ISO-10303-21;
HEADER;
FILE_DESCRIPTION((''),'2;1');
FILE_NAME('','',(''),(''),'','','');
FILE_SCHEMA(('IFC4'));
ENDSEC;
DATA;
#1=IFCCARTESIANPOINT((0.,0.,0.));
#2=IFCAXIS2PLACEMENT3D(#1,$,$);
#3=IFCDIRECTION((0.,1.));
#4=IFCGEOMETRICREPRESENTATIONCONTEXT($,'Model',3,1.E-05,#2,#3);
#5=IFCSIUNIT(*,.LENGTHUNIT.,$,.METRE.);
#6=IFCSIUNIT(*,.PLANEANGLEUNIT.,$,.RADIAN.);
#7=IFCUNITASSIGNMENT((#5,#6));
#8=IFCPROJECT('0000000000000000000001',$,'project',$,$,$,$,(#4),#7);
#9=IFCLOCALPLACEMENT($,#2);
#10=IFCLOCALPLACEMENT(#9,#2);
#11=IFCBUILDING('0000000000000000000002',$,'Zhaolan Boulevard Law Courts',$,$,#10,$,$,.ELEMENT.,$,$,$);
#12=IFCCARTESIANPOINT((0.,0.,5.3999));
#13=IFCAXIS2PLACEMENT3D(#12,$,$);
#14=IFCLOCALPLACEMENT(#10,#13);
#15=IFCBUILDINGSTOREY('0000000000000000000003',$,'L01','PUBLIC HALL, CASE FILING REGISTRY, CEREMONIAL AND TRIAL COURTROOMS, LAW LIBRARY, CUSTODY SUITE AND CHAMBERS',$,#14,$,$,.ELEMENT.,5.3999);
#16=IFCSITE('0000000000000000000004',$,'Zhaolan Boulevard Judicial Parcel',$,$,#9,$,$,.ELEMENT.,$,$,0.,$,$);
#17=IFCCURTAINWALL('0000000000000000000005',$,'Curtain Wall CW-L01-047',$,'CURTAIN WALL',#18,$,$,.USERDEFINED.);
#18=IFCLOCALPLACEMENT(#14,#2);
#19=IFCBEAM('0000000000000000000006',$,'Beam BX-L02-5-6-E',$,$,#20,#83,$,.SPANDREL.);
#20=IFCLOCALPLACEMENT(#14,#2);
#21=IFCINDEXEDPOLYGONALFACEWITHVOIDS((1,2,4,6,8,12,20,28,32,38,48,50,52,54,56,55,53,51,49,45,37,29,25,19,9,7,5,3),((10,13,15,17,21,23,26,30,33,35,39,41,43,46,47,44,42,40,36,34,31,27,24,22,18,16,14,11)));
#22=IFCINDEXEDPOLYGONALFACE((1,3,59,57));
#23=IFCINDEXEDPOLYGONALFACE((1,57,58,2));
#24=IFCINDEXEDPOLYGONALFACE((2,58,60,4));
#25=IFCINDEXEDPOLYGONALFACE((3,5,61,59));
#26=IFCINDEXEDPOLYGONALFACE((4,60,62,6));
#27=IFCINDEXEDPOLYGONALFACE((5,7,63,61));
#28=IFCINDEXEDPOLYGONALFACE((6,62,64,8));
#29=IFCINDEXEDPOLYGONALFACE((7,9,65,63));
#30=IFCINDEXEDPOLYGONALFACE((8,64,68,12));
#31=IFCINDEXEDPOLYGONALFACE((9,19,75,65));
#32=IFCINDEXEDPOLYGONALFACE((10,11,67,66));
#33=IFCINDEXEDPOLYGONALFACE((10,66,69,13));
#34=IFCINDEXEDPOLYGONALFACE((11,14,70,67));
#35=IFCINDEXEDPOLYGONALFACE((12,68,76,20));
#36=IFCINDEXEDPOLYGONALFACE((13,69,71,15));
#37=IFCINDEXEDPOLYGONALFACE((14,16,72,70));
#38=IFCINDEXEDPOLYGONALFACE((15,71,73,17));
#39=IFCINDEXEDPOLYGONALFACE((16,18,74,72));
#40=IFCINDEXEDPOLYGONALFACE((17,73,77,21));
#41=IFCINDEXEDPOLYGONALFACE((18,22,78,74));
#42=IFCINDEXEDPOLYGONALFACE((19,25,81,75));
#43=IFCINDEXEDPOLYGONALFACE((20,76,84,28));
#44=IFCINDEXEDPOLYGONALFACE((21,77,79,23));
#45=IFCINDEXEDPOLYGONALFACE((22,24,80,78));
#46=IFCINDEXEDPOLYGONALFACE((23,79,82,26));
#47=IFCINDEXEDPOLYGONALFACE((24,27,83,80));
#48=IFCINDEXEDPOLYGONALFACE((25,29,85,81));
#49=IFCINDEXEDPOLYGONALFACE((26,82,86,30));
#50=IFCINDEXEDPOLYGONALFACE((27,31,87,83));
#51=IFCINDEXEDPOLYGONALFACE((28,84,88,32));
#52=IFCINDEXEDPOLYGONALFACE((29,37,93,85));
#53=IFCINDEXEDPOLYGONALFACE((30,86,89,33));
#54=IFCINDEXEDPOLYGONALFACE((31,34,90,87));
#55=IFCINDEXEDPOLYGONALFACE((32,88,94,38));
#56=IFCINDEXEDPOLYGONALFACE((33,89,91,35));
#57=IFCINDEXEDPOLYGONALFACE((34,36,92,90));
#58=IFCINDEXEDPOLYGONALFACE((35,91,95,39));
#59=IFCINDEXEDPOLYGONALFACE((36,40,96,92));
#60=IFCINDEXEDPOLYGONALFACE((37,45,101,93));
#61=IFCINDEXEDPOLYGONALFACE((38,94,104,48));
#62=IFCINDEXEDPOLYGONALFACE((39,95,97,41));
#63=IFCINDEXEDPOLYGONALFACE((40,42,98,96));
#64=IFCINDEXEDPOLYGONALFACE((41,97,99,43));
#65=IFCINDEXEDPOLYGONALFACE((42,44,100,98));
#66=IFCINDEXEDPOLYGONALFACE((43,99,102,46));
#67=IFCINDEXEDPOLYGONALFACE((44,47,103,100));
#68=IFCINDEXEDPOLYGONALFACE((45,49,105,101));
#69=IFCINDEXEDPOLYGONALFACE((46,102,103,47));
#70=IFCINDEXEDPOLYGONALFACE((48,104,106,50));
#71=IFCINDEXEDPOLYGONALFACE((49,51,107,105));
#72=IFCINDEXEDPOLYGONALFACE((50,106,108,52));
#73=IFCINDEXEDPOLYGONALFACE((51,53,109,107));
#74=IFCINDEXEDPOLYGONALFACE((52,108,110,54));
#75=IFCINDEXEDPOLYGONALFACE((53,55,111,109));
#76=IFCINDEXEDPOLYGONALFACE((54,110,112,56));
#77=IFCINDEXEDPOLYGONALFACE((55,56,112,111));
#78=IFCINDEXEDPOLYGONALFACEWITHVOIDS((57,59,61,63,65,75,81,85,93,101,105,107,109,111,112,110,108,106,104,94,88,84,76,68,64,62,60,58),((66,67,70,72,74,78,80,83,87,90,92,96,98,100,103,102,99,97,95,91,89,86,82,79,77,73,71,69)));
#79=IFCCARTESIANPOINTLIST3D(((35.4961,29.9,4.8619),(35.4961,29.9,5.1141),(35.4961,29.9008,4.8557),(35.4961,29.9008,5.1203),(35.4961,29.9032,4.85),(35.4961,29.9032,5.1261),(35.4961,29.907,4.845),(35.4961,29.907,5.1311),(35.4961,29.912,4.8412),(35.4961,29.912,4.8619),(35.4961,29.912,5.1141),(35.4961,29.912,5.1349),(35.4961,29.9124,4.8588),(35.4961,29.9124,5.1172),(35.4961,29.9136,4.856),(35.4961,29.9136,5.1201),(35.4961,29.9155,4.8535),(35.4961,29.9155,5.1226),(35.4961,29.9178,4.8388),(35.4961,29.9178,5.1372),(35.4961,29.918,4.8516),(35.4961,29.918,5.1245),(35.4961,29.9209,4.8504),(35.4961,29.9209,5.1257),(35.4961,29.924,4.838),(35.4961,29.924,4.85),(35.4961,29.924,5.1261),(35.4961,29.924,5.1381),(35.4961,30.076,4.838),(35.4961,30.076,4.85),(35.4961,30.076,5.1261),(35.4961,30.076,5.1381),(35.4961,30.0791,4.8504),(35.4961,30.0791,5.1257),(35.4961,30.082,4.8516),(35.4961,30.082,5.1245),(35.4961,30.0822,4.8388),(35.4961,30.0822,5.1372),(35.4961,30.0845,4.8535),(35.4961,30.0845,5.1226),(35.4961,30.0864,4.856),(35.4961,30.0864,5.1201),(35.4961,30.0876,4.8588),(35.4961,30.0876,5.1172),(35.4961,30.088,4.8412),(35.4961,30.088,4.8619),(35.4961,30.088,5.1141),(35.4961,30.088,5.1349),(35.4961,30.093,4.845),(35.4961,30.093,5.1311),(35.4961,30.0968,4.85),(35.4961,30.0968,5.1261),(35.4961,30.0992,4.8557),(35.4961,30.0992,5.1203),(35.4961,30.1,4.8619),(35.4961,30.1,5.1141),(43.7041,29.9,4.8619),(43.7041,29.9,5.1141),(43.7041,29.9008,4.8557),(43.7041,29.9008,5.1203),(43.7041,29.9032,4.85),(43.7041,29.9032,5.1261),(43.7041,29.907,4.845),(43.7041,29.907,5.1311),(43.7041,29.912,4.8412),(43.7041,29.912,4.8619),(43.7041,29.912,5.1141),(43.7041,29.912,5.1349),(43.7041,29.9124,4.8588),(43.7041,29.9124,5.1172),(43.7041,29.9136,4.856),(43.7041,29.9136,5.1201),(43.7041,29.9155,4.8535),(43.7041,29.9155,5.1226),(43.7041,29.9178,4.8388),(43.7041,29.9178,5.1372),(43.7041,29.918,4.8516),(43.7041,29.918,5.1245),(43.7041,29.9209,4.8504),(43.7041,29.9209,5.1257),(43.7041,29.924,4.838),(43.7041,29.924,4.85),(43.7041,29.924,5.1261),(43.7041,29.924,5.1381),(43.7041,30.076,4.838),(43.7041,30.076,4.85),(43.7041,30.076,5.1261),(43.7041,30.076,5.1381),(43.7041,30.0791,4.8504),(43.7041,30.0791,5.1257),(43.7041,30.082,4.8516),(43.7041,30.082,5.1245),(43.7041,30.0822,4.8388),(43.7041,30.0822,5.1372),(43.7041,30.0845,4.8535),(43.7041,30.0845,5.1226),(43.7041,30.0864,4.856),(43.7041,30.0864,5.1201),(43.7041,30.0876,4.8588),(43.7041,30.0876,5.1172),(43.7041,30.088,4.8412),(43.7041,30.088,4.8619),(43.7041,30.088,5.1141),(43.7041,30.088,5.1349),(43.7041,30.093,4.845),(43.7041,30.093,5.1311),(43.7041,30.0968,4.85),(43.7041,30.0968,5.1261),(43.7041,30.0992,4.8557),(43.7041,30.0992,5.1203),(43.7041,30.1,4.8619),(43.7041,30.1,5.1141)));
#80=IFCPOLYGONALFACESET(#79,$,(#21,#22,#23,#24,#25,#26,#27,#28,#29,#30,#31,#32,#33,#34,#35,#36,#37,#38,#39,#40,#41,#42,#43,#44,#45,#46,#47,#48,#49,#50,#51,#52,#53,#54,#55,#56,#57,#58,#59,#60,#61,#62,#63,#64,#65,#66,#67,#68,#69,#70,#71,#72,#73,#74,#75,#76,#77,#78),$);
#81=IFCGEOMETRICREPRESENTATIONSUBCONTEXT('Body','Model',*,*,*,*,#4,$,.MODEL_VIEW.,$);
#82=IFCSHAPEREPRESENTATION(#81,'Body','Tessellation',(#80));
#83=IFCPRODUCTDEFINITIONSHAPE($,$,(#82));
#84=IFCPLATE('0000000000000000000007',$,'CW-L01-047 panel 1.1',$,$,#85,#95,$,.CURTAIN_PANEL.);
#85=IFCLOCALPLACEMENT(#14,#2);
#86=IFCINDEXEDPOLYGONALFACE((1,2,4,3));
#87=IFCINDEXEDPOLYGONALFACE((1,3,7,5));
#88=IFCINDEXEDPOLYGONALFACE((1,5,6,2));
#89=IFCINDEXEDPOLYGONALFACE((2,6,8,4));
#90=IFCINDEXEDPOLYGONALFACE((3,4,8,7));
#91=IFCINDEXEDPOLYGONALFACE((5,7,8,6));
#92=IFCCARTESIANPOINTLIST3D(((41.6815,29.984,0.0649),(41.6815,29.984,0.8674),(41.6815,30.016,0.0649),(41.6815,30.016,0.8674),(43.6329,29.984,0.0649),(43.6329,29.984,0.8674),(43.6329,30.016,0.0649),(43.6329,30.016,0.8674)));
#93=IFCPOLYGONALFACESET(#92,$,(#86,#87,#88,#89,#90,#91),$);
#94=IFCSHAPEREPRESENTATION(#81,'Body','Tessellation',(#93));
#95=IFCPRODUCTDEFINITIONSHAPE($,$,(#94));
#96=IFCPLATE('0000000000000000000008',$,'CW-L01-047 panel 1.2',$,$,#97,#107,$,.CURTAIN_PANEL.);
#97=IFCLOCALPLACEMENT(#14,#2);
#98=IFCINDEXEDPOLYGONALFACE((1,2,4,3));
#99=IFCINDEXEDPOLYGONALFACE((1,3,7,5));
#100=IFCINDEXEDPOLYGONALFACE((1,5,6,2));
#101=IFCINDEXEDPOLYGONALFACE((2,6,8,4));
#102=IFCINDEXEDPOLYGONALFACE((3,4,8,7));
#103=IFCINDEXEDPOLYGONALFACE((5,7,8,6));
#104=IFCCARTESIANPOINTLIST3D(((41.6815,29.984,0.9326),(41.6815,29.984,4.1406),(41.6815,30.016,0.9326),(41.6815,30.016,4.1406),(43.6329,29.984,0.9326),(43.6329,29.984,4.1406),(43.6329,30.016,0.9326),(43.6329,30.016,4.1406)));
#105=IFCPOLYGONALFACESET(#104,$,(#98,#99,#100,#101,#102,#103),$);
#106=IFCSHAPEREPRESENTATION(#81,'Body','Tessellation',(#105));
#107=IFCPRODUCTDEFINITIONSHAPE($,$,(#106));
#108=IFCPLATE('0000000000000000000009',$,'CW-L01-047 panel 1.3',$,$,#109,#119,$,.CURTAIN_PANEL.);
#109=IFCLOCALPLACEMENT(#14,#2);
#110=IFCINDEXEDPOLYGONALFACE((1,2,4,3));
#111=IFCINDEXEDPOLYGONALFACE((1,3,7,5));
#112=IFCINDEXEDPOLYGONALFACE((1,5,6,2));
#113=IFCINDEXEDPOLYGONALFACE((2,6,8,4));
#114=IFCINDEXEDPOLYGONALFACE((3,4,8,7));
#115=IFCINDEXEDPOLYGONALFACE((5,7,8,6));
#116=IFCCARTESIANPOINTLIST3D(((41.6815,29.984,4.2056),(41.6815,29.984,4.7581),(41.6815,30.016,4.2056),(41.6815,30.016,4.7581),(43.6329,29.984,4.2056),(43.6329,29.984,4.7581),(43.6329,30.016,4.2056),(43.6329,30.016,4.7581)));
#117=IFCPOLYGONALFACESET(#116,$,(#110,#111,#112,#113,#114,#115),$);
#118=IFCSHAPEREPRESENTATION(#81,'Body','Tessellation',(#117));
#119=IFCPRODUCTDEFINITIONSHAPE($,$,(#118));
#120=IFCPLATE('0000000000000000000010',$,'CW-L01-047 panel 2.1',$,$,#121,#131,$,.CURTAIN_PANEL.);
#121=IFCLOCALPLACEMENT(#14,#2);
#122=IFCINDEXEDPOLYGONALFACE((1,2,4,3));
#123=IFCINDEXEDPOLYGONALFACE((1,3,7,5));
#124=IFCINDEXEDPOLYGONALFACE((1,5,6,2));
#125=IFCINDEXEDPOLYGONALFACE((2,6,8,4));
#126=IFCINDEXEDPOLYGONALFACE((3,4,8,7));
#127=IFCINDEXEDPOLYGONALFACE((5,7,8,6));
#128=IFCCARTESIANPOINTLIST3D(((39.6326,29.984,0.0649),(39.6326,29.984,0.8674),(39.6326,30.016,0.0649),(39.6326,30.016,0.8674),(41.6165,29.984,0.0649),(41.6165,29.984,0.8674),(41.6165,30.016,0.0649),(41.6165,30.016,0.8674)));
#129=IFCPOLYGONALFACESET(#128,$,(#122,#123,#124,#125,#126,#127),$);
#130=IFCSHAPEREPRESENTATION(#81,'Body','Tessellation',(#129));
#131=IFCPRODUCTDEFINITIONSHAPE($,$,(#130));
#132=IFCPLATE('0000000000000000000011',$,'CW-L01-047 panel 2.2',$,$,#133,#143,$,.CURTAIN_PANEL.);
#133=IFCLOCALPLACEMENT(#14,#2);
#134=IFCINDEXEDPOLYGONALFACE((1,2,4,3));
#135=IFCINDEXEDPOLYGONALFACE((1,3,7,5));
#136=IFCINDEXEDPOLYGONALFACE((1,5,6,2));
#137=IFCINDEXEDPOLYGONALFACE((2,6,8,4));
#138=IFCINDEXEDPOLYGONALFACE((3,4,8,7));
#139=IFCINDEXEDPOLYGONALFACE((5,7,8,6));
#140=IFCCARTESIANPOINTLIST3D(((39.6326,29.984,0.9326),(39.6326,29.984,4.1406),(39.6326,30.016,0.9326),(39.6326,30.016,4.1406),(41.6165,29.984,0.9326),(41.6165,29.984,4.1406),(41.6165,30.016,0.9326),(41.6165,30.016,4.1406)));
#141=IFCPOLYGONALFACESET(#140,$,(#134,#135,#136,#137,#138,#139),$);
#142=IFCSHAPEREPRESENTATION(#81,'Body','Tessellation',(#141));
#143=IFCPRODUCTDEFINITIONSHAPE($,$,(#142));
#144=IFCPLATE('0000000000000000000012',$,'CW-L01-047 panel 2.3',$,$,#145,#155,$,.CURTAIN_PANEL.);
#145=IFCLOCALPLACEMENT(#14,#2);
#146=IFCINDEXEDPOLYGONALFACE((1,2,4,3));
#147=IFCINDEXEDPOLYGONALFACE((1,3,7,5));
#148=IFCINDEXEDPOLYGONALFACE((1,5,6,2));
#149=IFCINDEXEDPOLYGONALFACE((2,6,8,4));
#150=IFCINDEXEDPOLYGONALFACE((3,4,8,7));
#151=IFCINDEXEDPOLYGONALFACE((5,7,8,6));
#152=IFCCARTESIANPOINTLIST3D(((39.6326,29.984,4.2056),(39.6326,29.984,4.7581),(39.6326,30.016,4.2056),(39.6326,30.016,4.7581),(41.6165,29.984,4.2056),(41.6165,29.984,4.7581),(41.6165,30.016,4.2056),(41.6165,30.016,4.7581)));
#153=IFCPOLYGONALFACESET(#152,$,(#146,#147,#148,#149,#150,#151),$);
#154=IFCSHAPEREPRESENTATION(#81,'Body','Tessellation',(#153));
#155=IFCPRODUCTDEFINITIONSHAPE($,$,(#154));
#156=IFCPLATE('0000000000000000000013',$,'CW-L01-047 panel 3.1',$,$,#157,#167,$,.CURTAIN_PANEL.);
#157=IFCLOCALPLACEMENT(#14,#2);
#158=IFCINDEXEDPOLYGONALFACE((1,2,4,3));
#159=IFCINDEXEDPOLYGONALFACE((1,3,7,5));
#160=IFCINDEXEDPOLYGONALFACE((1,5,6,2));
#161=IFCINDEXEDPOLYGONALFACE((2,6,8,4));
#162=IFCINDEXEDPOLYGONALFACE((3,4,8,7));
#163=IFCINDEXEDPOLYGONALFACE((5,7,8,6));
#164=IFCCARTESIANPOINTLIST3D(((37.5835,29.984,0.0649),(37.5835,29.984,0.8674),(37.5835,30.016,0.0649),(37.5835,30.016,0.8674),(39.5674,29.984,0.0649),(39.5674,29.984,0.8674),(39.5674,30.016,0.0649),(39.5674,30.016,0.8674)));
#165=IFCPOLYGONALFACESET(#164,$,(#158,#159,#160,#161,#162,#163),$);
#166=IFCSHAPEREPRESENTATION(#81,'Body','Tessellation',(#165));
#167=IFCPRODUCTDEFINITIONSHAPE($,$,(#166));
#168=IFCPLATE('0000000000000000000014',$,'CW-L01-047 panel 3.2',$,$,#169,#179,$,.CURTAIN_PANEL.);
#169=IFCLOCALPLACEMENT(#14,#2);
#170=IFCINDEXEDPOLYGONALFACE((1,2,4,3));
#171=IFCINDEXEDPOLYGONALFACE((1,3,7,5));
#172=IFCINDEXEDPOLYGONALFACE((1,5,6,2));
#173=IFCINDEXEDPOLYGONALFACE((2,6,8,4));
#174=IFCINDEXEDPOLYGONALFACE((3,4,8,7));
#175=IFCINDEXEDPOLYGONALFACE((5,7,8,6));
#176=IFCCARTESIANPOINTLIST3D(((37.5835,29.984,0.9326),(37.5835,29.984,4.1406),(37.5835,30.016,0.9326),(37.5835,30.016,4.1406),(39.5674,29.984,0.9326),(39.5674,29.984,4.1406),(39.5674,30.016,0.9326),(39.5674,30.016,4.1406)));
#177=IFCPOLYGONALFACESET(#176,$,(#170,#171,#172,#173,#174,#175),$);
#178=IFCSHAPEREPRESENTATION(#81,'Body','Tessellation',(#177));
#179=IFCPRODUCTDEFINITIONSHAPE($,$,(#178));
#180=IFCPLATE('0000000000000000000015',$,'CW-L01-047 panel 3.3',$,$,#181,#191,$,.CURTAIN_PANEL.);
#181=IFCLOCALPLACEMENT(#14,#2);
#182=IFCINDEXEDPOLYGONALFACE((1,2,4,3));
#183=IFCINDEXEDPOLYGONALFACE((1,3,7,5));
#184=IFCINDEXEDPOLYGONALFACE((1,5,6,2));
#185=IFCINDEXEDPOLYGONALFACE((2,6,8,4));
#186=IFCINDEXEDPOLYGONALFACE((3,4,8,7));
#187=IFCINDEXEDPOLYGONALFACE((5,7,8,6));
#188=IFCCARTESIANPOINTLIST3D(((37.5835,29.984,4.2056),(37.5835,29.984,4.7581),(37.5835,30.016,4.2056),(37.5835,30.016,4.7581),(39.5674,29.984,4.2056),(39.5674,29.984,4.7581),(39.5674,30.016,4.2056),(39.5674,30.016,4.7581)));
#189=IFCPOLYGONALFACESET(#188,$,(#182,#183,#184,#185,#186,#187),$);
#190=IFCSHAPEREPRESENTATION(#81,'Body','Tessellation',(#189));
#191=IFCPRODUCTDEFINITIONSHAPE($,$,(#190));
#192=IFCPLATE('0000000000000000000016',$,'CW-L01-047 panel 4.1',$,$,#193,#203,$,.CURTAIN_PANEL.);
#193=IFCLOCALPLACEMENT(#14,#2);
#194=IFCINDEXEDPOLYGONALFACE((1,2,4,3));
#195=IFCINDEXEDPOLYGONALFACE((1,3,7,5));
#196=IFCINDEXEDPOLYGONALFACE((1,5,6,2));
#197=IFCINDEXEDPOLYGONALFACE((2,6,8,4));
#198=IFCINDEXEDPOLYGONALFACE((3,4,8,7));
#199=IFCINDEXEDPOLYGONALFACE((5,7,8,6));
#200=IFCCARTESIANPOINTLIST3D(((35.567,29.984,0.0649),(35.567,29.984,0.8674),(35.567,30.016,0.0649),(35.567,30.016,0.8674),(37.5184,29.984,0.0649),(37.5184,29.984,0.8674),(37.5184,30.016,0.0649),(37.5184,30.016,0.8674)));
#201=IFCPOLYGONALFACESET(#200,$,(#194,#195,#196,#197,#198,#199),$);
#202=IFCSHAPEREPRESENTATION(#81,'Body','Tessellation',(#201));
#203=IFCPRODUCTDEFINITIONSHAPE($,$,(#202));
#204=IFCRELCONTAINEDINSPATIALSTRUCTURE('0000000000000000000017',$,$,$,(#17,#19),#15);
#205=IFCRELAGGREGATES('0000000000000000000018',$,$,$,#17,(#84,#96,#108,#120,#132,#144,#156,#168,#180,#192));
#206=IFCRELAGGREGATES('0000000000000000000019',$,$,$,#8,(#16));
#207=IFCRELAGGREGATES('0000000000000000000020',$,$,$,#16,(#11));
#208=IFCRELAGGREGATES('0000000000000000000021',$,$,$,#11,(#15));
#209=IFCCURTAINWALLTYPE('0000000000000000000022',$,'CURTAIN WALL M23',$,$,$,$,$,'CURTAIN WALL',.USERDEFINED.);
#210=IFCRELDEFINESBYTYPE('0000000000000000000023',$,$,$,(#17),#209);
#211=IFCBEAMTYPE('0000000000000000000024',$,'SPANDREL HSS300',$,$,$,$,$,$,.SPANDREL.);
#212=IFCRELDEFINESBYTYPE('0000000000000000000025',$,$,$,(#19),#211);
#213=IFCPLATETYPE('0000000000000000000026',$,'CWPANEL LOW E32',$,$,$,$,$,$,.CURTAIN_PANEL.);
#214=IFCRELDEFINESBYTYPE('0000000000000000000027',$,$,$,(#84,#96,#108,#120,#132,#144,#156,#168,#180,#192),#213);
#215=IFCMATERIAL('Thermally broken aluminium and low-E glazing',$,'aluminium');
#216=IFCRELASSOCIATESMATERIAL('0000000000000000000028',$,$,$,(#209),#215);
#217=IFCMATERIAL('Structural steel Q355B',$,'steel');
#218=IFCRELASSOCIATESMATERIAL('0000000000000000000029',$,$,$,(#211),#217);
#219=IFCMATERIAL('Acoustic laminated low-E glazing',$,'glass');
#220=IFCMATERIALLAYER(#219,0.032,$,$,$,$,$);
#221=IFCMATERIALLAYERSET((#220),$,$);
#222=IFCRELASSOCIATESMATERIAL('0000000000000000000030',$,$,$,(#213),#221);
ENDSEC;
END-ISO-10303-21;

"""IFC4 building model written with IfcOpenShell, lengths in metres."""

from ifc_helpers import new_model, si_unit, direction, frame, origin, origin_2d, place, context, subcontext, project, spatial, rectangle, hollow_rectangle, extrude, material, layer, layer_set, material_profile, profile_set, type_object, element, aggregate, save


model = new_model("IFC4")

# Units and contexts
model_context = context("Model", 3, precision=1e-05, world=origin(), true_north=direction((0.0, 1.0)))
body_context = subcontext(model_context, "Body", "Model", "MODEL_VIEW")
ifc_project = project(units=[si_unit("LENGTHUNIT", "METRE"), si_unit("PLANEANGLEUNIT", "RADIAN")], contexts=[model_context])

# Site, building, storey
site_placement = place(None, origin())
site = spatial("IfcSite", under=ifc_project, at=site_placement, Name="Zhaolan Boulevard Judicial Parcel", CompositionType="ELEMENT", RefElevation=0.0)
building_placement = place(site_placement, origin())
building = spatial("IfcBuilding", under=site, at=building_placement, Name="Zhaolan Boulevard Law Courts", CompositionType="ELEMENT")
storey_placement = place(building_placement, frame((0.0, 0.0, 5.3999)))
storey = spatial("IfcBuildingStorey", under=building, at=storey_placement, Name="L01", Description="PUBLIC HALL, CASE FILING REGISTRY, CEREMONIAL AND TRIAL COURTROOMS, LAW LIBRARY, CUSTODY SUITE AND CHAMBERS", CompositionType="ELEMENT", Elevation=5.3999)

# Curtain wall
ifc_material_1 = material(Name="Thermally broken aluminium and low-E glazing", Category="aluminium")
curtain_wall_type_1 = type_object("IfcCurtainWallType", Name="CURTAIN WALL M23", ElementType="CURTAIN WALL", PredefinedType="USERDEFINED", material=ifc_material_1)
curtain_wall_1_placement = place(storey_placement, origin())
curtain_wall_1 = element("IfcCurtainWall", 1, at=curtain_wall_1_placement, inside=storey, type_object=curtain_wall_type_1, Name="Curtain Wall CW-L01-047", ObjectType="CURTAIN WALL", PredefinedType="USERDEFINED")

# Beam
ifc_material_2 = material(Name="Structural steel Q355B", Category="steel")
ifc_material_profile_1 = material_profile(ifc_material_2, hollow_rectangle(XDim=0.2, YDim=0.3, WallThickness=0.012, InnerFilletRadius=0.012, OuterFilletRadius=0.0239, at=origin_2d()), Name="HSS300x200x12")
ifc_profile_set_1 = profile_set([ifc_material_profile_1], Name="Structural steel Q355B")
beam_type = type_object("IfcBeamType", Name="SPANDREL HSS300", PredefinedType="SPANDREL", material=ifc_profile_set_1)
beam_placement = place(storey_placement, frame((35.4961, 30.0, 4.988), z_axis=(1.0, 0.0, 0.0), x_axis=(0.0, 1.0, 0.0)))
element("IfcBeam", 2, at=beam_placement, inside=storey, type_object=beam_type, Name="Beam BX-L02-5-6-E", PredefinedType="SPANDREL", context=body_context, shape_type="SweptSolid", body=[
    extrude(hollow_rectangle(XDim=0.2, YDim=0.3, WallThickness=0.012, InnerFilletRadius=0.012, OuterFilletRadius=0.0239, at=origin_2d()), origin(), (0.0, 0.0, 1.0), 8.208),
])

# Plates
ifc_material_3 = material(Name="Acoustic laminated low-E glazing", Category="glass")
ifc_layer_1 = layer(ifc_material_3, 0.032)
ifc_layer_set_1 = layer_set([ifc_layer_1])
plate_type_1 = type_object("IfcPlateType", Name="CWPANEL LOW E32", PredefinedType="CURTAIN_PANEL", material=ifc_layer_set_1)
plate_1_placement = place(storey_placement, frame((42.6572, 30.0, 0.0649), z_axis=(0.0, 0.0, 1.0), x_axis=(-1.0, 0.0, 0.0)))
plate_1 = element("IfcPlate", 3, at=plate_1_placement, type_object=plate_type_1, Name="CW-L01-047 panel 1.1", PredefinedType="CURTAIN_PANEL", context=body_context, shape_type="SweptSolid", body=[
    extrude(rectangle(XDim=1.9514, YDim=0.032, at=origin_2d()), origin(), (0.0, 0.0, 1.0), 0.8025),
])
plate_2_placement = place(storey_placement, frame((42.6572, 30.0, 0.9326), z_axis=(0.0, 0.0, 1.0), x_axis=(-1.0, 0.0, 0.0)))
plate_2 = element("IfcPlate", 4, at=plate_2_placement, type_object=plate_type_1, Name="CW-L01-047 panel 1.2", PredefinedType="CURTAIN_PANEL", context=body_context, shape_type="SweptSolid", body=[
    extrude(rectangle(XDim=1.9514, YDim=0.032, at=origin_2d()), origin(), (0.0, 0.0, 1.0), 3.208),
])
plate_3_placement = place(storey_placement, frame((42.6572, 30.0, 4.2056), z_axis=(0.0, 0.0, 1.0), x_axis=(-1.0, 0.0, 0.0)))
plate_3 = element("IfcPlate", 5, at=plate_3_placement, type_object=plate_type_1, Name="CW-L01-047 panel 1.3", PredefinedType="CURTAIN_PANEL", context=body_context, shape_type="SweptSolid", body=[
    extrude(rectangle(XDim=1.9514, YDim=0.032, at=origin_2d()), origin(), (0.0, 0.0, 1.0), 0.5525),
])
plate_4_placement = place(storey_placement, frame((40.6245, 30.0, 0.0649), z_axis=(0.0, 0.0, 1.0), x_axis=(-1.0, 0.0, 0.0)))
plate_4 = element("IfcPlate", 6, at=plate_4_placement, type_object=plate_type_1, Name="CW-L01-047 panel 2.1", PredefinedType="CURTAIN_PANEL", context=body_context, shape_type="SweptSolid", body=[
    extrude(rectangle(XDim=1.9839, YDim=0.032, at=origin_2d()), origin(), (0.0, 0.0, 1.0), 0.8025),
])
plate_5_placement = place(storey_placement, frame((40.6245, 30.0, 0.9326), z_axis=(0.0, 0.0, 1.0), x_axis=(-1.0, 0.0, 0.0)))
plate_5 = element("IfcPlate", 7, at=plate_5_placement, type_object=plate_type_1, Name="CW-L01-047 panel 2.2", PredefinedType="CURTAIN_PANEL", context=body_context, shape_type="SweptSolid", body=[
    extrude(rectangle(XDim=1.9839, YDim=0.032, at=origin_2d()), origin(), (0.0, 0.0, 1.0), 3.208),
])
plate_6_placement = place(storey_placement, frame((40.6245, 30.0, 4.2056), z_axis=(0.0, 0.0, 1.0), x_axis=(-1.0, 0.0, 0.0)))
plate_6 = element("IfcPlate", 8, at=plate_6_placement, type_object=plate_type_1, Name="CW-L01-047 panel 2.3", PredefinedType="CURTAIN_PANEL", context=body_context, shape_type="SweptSolid", body=[
    extrude(rectangle(XDim=1.9839, YDim=0.032, at=origin_2d()), origin(), (0.0, 0.0, 1.0), 0.5525),
])
plate_7_placement = place(storey_placement, frame((38.5754, 30.0, 0.0649), z_axis=(0.0, 0.0, 1.0), x_axis=(-1.0, 0.0, 0.0)))
plate_7 = element("IfcPlate", 9, at=plate_7_placement, type_object=plate_type_1, Name="CW-L01-047 panel 3.1", PredefinedType="CURTAIN_PANEL", context=body_context, shape_type="SweptSolid", body=[
    extrude(rectangle(XDim=1.9839, YDim=0.032, at=origin_2d()), origin(), (0.0, 0.0, 1.0), 0.8025),
])
plate_8_placement = place(storey_placement, frame((38.5754, 30.0, 0.9326), z_axis=(0.0, 0.0, 1.0), x_axis=(-1.0, 0.0, 0.0)))
plate_8 = element("IfcPlate", 10, at=plate_8_placement, type_object=plate_type_1, Name="CW-L01-047 panel 3.2", PredefinedType="CURTAIN_PANEL", context=body_context, shape_type="SweptSolid", body=[
    extrude(rectangle(XDim=1.9839, YDim=0.032, at=origin_2d()), origin(), (0.0, 0.0, 1.0), 3.208),
])
plate_9_placement = place(storey_placement, frame((38.5754, 30.0, 4.2056), z_axis=(0.0, 0.0, 1.0), x_axis=(-1.0, 0.0, 0.0)))
plate_9 = element("IfcPlate", 11, at=plate_9_placement, type_object=plate_type_1, Name="CW-L01-047 panel 3.3", PredefinedType="CURTAIN_PANEL", context=body_context, shape_type="SweptSolid", body=[
    extrude(rectangle(XDim=1.9839, YDim=0.032, at=origin_2d()), origin(), (0.0, 0.0, 1.0), 0.5525),
])
plate_10_placement = place(storey_placement, frame((36.5427, 30.0, 0.0649), z_axis=(0.0, 0.0, 1.0), x_axis=(-1.0, 0.0, 0.0)))
plate_10 = element("IfcPlate", 12, at=plate_10_placement, type_object=plate_type_1, Name="CW-L01-047 panel 4.1", PredefinedType="CURTAIN_PANEL", context=body_context, shape_type="SweptSolid", body=[
    extrude(rectangle(XDim=1.9514, YDim=0.032, at=origin_2d()), origin(), (0.0, 0.0, 1.0), 0.8025),
])
aggregate(curtain_wall_1, [plate_1, plate_2, plate_3, plate_4, plate_5, plate_6, plate_7, plate_8, plate_9, plate_10])

save(model, "model.ifc")
